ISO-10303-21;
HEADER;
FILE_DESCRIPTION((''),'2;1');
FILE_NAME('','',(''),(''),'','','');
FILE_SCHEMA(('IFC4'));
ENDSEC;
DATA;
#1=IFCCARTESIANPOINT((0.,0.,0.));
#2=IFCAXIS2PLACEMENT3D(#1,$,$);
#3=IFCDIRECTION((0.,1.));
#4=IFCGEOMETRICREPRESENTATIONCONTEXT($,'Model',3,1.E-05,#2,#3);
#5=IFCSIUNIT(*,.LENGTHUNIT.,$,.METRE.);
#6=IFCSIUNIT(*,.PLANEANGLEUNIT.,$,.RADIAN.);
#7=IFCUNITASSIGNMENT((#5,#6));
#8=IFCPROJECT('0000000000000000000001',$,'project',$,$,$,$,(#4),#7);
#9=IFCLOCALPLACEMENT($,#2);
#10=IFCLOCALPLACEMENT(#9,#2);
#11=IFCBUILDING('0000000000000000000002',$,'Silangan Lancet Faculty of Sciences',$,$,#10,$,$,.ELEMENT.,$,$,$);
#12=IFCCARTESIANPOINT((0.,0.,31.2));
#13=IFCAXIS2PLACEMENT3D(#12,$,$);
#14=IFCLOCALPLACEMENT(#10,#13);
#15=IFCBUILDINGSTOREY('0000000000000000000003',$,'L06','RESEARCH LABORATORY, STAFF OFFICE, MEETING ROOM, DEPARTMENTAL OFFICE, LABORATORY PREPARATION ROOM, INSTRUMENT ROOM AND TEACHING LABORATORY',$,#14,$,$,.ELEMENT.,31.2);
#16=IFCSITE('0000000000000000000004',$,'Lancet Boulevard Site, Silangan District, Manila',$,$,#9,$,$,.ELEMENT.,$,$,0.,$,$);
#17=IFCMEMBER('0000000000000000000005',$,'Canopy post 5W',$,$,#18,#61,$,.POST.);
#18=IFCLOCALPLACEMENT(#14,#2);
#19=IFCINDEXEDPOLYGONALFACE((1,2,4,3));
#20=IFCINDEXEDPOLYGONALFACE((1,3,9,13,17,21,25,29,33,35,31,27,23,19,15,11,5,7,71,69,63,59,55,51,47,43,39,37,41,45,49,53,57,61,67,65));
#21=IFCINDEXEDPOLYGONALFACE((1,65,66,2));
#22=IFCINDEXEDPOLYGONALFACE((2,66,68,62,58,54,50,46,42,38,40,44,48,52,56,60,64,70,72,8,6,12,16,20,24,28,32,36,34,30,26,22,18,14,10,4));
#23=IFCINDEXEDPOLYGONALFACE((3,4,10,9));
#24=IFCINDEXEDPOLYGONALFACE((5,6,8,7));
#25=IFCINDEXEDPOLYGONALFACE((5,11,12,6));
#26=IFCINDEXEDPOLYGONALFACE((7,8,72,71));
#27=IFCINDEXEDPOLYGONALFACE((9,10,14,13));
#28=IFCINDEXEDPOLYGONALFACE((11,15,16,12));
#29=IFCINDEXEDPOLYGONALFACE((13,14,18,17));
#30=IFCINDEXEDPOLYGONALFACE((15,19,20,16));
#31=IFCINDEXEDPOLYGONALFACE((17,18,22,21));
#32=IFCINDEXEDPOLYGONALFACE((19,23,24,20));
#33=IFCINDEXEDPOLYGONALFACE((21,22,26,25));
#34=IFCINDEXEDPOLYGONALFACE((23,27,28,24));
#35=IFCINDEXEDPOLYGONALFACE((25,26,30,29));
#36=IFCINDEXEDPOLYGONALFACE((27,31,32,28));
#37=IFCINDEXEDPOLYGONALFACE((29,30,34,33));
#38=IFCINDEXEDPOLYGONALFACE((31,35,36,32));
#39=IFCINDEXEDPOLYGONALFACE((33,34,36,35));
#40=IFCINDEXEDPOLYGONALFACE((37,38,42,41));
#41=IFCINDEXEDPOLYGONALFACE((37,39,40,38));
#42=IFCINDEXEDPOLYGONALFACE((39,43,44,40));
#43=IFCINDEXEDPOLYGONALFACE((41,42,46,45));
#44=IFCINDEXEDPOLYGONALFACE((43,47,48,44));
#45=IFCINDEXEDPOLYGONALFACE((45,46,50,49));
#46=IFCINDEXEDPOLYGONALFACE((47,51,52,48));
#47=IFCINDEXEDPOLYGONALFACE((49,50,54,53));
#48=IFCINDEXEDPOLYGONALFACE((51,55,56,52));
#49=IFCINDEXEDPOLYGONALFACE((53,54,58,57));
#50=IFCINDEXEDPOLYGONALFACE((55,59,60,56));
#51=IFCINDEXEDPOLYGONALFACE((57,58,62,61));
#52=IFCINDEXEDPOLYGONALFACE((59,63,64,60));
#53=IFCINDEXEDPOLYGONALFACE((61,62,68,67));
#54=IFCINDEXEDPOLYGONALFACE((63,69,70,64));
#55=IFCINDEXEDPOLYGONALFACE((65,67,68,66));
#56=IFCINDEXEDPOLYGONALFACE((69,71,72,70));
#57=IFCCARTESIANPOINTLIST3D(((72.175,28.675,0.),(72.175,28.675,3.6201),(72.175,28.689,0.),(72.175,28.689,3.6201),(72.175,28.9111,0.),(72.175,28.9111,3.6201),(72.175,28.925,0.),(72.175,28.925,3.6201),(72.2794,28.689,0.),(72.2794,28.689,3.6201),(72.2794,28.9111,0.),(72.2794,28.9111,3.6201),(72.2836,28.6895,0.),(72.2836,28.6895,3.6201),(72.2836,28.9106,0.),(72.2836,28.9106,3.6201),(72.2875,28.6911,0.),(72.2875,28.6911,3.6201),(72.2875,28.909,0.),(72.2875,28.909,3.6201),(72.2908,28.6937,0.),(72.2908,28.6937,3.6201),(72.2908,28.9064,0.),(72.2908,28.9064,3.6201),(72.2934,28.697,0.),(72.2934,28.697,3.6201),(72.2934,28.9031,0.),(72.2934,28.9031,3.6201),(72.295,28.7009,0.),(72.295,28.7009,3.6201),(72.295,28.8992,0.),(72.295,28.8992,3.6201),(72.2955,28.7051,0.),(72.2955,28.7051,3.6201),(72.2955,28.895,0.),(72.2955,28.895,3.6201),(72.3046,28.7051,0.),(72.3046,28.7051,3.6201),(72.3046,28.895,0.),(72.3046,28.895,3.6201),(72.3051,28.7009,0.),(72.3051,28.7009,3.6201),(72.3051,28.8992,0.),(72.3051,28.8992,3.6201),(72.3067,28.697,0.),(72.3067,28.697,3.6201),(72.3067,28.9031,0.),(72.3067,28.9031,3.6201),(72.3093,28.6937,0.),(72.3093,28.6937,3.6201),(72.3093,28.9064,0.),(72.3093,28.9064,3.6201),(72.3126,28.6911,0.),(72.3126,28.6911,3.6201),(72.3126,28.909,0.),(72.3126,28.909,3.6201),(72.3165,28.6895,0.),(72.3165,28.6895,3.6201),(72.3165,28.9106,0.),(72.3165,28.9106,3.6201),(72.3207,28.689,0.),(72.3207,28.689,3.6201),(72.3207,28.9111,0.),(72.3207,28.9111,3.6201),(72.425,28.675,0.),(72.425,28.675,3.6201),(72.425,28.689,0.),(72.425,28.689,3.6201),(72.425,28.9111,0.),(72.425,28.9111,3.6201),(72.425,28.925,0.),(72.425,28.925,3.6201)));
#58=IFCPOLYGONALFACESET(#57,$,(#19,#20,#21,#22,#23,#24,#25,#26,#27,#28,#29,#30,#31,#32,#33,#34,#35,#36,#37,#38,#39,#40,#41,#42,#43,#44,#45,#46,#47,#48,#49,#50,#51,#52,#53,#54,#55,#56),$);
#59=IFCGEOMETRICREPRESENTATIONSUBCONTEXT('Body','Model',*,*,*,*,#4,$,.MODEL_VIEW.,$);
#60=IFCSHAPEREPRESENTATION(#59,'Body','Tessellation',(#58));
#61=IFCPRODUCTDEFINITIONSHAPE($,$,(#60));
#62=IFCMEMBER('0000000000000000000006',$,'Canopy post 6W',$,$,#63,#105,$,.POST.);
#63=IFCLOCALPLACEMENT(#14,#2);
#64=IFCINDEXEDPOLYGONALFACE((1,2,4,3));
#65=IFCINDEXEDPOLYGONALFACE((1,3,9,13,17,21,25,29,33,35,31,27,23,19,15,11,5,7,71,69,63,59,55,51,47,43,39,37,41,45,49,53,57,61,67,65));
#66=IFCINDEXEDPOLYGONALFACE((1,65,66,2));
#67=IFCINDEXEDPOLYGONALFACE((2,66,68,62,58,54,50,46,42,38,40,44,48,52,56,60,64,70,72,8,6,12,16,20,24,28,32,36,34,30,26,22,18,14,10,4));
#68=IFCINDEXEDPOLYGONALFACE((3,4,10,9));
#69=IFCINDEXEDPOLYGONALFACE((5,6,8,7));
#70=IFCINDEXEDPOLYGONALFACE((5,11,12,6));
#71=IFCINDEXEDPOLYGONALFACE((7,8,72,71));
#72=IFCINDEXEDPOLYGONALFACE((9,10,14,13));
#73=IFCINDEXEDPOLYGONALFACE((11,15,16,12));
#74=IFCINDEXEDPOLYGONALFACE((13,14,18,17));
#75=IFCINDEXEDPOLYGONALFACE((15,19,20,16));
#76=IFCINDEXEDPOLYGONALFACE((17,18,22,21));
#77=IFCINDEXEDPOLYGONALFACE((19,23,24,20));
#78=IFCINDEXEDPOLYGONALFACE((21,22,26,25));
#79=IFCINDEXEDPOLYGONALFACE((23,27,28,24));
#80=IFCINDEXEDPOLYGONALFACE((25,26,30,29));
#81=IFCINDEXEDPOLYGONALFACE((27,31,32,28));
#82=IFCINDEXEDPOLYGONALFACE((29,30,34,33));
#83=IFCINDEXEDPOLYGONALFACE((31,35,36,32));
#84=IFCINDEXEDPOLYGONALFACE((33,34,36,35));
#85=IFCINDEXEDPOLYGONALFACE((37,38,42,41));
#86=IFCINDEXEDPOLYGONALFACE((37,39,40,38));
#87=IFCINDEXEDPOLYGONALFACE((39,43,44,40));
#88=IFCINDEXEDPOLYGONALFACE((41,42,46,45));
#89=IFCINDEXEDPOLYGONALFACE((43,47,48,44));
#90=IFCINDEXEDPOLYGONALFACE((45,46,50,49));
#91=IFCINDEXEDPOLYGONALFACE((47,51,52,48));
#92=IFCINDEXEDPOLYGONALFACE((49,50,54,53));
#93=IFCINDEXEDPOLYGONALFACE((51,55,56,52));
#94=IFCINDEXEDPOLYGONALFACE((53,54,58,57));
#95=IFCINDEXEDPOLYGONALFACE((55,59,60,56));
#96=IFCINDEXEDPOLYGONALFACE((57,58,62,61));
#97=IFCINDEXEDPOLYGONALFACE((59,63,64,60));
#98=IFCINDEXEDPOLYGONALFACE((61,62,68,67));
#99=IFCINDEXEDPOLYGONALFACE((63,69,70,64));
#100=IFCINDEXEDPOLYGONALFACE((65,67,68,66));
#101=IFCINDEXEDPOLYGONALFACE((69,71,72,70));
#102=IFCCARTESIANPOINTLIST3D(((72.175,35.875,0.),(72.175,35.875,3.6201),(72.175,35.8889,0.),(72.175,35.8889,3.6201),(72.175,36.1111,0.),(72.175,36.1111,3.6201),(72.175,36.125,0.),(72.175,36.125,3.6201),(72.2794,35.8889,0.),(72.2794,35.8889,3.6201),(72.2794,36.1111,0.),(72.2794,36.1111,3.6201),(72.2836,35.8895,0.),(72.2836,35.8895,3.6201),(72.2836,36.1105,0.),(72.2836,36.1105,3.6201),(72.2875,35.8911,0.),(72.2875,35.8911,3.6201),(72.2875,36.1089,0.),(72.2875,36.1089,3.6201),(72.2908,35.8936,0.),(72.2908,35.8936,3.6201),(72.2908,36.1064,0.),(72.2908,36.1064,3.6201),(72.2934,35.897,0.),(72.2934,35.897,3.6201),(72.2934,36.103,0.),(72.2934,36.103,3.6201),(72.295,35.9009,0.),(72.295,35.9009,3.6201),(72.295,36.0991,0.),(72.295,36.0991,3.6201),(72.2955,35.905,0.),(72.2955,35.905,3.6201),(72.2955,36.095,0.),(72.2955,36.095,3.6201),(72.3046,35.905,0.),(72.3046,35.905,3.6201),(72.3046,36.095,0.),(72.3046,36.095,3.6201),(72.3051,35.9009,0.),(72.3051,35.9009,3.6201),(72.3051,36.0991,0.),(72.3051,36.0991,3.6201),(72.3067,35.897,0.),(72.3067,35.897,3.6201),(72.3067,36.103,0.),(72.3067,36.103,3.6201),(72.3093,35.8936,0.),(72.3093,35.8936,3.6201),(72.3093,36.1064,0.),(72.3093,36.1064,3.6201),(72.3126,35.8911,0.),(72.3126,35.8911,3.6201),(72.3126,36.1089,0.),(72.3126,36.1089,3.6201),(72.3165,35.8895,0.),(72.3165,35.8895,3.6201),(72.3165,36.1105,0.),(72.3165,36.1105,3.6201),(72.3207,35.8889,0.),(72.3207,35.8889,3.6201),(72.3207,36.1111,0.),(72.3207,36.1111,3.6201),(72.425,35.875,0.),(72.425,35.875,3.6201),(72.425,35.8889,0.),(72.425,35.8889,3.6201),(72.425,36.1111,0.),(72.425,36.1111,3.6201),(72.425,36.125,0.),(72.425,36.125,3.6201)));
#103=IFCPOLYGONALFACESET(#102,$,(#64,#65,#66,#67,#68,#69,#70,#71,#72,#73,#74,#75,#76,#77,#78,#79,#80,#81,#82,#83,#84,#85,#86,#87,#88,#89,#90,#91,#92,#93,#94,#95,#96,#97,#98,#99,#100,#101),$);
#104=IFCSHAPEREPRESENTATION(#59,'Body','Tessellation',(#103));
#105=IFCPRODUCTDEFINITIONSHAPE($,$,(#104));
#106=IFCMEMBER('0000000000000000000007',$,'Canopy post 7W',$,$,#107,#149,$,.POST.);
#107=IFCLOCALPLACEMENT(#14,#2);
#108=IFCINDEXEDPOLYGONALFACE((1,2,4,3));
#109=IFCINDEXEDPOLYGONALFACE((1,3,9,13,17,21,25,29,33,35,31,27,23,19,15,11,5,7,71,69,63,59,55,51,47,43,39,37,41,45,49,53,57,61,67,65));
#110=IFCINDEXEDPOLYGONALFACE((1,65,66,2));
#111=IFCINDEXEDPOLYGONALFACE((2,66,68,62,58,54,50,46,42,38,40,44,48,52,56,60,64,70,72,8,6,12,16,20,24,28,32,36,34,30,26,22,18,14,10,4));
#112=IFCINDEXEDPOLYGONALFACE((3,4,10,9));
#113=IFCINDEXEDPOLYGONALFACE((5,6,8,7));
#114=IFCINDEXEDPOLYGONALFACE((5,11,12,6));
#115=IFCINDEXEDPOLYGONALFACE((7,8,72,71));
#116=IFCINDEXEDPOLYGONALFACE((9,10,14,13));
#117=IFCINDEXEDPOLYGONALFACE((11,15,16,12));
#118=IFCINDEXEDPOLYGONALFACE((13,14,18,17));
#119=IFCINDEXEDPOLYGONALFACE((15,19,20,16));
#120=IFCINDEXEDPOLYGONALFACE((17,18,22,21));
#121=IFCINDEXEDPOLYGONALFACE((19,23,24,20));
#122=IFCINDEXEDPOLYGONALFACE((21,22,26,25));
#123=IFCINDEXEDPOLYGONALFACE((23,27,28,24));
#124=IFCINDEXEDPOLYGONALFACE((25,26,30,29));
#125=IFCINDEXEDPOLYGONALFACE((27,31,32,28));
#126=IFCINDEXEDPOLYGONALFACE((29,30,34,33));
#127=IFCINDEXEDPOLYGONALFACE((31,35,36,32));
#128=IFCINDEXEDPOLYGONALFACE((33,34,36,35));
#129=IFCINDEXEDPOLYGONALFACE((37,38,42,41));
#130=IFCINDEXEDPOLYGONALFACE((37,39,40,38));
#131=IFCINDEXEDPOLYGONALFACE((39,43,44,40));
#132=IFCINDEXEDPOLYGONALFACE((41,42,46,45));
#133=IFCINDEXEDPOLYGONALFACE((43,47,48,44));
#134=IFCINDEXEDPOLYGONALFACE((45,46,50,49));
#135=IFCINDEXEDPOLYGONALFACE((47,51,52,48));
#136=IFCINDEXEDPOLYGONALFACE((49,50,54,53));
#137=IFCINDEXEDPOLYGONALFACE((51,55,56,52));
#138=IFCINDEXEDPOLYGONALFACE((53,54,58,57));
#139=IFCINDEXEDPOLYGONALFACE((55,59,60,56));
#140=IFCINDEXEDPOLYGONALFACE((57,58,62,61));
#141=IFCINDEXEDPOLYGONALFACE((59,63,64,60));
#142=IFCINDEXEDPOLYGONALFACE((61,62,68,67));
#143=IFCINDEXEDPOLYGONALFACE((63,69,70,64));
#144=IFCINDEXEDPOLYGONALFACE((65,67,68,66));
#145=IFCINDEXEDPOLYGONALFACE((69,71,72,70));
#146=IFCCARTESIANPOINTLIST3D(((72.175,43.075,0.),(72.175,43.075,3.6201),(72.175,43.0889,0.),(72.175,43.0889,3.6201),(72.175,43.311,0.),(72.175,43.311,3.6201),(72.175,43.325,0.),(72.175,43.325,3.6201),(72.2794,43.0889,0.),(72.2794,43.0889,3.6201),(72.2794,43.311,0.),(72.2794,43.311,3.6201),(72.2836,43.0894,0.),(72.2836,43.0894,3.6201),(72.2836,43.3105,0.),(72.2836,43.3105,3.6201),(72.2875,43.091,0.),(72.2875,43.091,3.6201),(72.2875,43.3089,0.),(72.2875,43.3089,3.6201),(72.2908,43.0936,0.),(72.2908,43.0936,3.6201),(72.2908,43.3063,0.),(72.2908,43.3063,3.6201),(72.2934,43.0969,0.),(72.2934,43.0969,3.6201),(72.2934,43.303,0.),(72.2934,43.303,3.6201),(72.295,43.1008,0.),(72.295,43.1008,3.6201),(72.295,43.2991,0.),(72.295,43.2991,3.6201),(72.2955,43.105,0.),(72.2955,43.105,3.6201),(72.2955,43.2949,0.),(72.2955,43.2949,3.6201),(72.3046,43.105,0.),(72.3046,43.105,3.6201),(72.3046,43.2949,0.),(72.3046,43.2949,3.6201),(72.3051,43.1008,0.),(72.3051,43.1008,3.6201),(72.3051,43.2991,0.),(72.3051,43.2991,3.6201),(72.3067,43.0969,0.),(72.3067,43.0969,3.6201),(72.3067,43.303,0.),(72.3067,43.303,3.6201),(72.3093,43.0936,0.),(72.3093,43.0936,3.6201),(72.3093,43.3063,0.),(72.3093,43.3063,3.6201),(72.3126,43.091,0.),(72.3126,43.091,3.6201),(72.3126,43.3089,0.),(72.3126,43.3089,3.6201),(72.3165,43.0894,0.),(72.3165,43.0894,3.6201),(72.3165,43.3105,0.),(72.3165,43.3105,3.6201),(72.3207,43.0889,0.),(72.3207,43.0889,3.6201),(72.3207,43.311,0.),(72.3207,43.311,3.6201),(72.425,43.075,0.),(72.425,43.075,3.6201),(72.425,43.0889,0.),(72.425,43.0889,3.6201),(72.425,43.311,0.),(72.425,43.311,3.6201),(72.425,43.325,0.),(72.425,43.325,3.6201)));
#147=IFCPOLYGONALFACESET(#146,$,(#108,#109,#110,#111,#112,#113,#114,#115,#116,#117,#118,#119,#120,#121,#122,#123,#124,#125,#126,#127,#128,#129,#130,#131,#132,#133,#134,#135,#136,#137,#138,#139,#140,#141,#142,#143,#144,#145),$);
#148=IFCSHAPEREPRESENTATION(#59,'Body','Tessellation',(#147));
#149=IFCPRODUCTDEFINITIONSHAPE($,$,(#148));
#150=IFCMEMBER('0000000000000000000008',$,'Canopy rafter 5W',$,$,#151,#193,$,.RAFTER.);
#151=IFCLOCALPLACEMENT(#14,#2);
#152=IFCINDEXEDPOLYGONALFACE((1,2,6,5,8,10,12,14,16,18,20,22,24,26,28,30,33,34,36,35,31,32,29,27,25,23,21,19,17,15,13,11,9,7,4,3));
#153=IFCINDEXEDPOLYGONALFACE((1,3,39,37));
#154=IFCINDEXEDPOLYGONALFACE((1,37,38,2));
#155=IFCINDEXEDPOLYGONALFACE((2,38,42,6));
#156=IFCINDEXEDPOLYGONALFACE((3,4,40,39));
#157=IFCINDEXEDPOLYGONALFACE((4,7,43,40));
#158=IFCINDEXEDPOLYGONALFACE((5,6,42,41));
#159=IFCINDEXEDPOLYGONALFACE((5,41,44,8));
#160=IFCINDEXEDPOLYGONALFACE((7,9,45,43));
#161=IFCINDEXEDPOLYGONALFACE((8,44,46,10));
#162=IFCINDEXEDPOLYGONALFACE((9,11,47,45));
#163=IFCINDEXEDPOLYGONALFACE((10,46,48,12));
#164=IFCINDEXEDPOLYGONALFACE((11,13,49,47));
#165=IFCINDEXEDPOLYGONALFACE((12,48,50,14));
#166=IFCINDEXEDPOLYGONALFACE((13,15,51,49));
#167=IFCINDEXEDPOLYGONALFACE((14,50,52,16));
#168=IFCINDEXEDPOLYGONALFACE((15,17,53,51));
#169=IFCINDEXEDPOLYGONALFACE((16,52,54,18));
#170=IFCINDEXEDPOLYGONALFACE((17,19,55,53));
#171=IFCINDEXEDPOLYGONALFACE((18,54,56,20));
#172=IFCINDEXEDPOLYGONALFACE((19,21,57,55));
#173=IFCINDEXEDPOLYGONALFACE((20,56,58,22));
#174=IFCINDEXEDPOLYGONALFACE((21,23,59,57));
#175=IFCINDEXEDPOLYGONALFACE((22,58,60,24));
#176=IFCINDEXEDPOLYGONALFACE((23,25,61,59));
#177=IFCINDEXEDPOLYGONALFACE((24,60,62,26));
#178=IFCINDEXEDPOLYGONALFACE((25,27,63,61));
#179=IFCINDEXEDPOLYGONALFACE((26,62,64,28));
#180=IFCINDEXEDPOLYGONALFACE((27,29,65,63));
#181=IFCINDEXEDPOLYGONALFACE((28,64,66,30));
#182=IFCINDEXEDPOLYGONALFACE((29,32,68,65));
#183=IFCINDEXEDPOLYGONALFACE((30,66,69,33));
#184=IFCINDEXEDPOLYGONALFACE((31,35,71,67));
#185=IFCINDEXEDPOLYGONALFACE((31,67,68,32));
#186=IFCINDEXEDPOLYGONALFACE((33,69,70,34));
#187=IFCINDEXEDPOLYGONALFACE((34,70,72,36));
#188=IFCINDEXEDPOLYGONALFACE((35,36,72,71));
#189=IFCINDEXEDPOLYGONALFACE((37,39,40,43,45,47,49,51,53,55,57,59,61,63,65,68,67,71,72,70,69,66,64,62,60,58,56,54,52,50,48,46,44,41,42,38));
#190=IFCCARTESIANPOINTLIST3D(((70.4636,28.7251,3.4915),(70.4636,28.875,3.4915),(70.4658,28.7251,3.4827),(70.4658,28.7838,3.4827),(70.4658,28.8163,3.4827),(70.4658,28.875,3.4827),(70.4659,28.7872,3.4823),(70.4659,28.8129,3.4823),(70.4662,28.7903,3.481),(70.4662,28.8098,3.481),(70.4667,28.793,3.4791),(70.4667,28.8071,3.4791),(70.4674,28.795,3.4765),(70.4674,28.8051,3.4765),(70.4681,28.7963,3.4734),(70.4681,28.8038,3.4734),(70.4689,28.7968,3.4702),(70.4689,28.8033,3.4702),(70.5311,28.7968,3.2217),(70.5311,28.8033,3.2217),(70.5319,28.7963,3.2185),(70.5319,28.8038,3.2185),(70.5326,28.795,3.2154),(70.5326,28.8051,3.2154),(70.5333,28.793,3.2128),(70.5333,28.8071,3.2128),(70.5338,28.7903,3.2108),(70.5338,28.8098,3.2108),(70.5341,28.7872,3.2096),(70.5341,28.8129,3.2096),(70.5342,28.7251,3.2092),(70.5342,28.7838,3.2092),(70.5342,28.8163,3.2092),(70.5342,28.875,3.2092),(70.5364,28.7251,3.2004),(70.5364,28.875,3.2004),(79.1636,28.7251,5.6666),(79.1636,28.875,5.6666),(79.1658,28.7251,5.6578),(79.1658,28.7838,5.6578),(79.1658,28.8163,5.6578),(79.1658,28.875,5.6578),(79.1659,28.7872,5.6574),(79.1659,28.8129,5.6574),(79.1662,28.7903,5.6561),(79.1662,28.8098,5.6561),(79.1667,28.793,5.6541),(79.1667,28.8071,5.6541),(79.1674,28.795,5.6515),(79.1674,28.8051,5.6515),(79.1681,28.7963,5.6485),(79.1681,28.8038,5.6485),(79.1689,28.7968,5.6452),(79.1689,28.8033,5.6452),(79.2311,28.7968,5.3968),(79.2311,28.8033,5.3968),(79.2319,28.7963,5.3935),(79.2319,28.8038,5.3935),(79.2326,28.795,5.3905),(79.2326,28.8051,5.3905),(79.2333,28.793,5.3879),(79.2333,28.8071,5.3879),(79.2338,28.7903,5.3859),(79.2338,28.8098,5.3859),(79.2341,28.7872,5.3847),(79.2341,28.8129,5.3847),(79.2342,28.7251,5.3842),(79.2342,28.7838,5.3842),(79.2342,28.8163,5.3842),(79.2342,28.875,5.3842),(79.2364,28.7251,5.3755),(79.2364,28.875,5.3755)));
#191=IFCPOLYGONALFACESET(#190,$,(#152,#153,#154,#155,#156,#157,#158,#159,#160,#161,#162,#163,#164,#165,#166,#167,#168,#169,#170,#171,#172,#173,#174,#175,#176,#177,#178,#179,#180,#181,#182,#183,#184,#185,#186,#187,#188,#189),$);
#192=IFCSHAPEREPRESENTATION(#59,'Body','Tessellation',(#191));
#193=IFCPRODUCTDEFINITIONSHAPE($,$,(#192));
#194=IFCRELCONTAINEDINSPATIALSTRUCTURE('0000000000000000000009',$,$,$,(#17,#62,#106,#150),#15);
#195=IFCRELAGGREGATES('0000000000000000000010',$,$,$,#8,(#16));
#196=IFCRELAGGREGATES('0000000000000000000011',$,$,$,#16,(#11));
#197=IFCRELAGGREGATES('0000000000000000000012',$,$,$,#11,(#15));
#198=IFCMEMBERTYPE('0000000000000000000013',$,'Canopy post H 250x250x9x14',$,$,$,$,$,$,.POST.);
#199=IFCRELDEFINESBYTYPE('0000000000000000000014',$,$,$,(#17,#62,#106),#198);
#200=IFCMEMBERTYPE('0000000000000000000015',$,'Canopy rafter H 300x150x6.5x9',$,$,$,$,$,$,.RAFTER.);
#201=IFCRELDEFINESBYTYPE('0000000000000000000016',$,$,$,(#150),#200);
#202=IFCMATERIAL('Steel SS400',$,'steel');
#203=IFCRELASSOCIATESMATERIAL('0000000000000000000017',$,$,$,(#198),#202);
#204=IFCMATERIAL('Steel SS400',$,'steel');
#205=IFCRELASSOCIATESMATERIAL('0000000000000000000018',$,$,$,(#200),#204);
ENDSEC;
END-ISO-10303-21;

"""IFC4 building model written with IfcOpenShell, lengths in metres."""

from ifc_helpers import new_model, si_unit, direction, frame, origin, origin_2d, place, context, subcontext, project, spatial, i_section, extrude, material, material_profile, profile_set, type_object, element, save


model = new_model("IFC4")

# Units and contexts
model_context = context("Model", 3, precision=1e-05, world=origin(), true_north=direction((0.0, 1.0)))
body_context = subcontext(model_context, "Body", "Model", "MODEL_VIEW")
ifc_project = project(units=[si_unit("LENGTHUNIT", "METRE"), si_unit("PLANEANGLEUNIT", "RADIAN")], contexts=[model_context])

# Site, building, storey
site_placement = place(None, origin())
site = spatial("IfcSite", under=ifc_project, at=site_placement, Name="Lancet Boulevard Site, Silangan District, Manila", CompositionType="ELEMENT", RefElevation=0.0)
building_placement = place(site_placement, origin())
building = spatial("IfcBuilding", under=site, at=building_placement, Name="Silangan Lancet Faculty of Sciences", CompositionType="ELEMENT")
storey_placement = place(building_placement, frame((0.0, 0.0, 31.2)))
storey = spatial("IfcBuildingStorey", under=building, at=storey_placement, Name="L06", Description="RESEARCH LABORATORY, STAFF OFFICE, MEETING ROOM, DEPARTMENTAL OFFICE, LABORATORY PREPARATION ROOM, INSTRUMENT ROOM AND TEACHING LABORATORY", CompositionType="ELEMENT", Elevation=31.2)

# Members
ifc_material_1 = material(Name="Steel SS400", Category="steel")
ifc_material_profile_1 = material_profile(ifc_material_1, i_section(OverallWidth=0.25, OverallDepth=0.25, WebThickness=0.009, FlangeThickness=0.0139, FilletRadius=0.0161, at=origin_2d()), Name="H 250x250x9x14")
ifc_profile_set_1 = profile_set([ifc_material_profile_1], Name="Steel SS400")
member_type_1 = type_object("IfcMemberType", Name="Canopy post H 250x250x9x14", PredefinedType="POST", material=ifc_profile_set_1)
for number, where, z_axis, x_axis, name in (
    (1, (72.3, 28.8, 0.0), (0.0, 0.0, 1.0), (1.0, 0.0, 0.0), "Canopy post 5W"),
    (2, (72.3, 36.0, 0.0), (0.0, 0.0, 1.0), (1.0, 0.0, 0.0), "Canopy post 6W"),
    (3, (72.3, 43.2, 0.0), (0.0, 0.0, 1.0), (1.0, 0.0, 0.0), "Canopy post 7W"),
):
    element("IfcMember", number, at=place(storey_placement, frame(where, z_axis=z_axis, x_axis=x_axis)), inside=storey, type_object=member_type_1, Name=name, PredefinedType="POST", context=body_context, shape_type="SweptSolid", body=[
        extrude(i_section(OverallWidth=0.25, OverallDepth=0.25, WebThickness=0.009, FlangeThickness=0.0139, FilletRadius=0.0161, at=origin_2d()), origin(), (0.0, 0.0, 1.0), 3.6201),
    ])
ifc_material_2 = material(Name="Steel SS400", Category="steel")
ifc_material_profile_2 = material_profile(ifc_material_2, i_section(OverallWidth=0.1499, OverallDepth=0.3, WebThickness=0.0066, FlangeThickness=0.009, FilletRadius=0.0129, at=origin_2d()), Name="H 300x150x6.5x9")
ifc_profile_set_2 = profile_set([ifc_material_profile_2], Name="Steel SS400")
member_type_2 = type_object("IfcMemberType", Name="Canopy rafter H 300x150x6.5x9", PredefinedType="RAFTER", material=ifc_profile_set_2)
for number, where, z_axis, x_axis, name in (
    (4, (70.5, 28.8, 3.3459), (0.970141, 0.0, 0.242542), (0.0, 1.0, 0.0), "Canopy rafter 5W"),
):
    element("IfcMember", number, at=place(storey_placement, frame(where, z_axis=z_axis, x_axis=x_axis)), inside=storey, type_object=member_type_2, Name=name, PredefinedType="RAFTER", context=body_context, shape_type="SweptSolid", body=[
        extrude(i_section(OverallWidth=0.1499, OverallDepth=0.3, WebThickness=0.0066, FlangeThickness=0.009, FilletRadius=0.0129, at=origin_2d()), origin(), (0.0, 0.0, 1.0), 8.9678),
    ])

save(model, "model.ifc")
